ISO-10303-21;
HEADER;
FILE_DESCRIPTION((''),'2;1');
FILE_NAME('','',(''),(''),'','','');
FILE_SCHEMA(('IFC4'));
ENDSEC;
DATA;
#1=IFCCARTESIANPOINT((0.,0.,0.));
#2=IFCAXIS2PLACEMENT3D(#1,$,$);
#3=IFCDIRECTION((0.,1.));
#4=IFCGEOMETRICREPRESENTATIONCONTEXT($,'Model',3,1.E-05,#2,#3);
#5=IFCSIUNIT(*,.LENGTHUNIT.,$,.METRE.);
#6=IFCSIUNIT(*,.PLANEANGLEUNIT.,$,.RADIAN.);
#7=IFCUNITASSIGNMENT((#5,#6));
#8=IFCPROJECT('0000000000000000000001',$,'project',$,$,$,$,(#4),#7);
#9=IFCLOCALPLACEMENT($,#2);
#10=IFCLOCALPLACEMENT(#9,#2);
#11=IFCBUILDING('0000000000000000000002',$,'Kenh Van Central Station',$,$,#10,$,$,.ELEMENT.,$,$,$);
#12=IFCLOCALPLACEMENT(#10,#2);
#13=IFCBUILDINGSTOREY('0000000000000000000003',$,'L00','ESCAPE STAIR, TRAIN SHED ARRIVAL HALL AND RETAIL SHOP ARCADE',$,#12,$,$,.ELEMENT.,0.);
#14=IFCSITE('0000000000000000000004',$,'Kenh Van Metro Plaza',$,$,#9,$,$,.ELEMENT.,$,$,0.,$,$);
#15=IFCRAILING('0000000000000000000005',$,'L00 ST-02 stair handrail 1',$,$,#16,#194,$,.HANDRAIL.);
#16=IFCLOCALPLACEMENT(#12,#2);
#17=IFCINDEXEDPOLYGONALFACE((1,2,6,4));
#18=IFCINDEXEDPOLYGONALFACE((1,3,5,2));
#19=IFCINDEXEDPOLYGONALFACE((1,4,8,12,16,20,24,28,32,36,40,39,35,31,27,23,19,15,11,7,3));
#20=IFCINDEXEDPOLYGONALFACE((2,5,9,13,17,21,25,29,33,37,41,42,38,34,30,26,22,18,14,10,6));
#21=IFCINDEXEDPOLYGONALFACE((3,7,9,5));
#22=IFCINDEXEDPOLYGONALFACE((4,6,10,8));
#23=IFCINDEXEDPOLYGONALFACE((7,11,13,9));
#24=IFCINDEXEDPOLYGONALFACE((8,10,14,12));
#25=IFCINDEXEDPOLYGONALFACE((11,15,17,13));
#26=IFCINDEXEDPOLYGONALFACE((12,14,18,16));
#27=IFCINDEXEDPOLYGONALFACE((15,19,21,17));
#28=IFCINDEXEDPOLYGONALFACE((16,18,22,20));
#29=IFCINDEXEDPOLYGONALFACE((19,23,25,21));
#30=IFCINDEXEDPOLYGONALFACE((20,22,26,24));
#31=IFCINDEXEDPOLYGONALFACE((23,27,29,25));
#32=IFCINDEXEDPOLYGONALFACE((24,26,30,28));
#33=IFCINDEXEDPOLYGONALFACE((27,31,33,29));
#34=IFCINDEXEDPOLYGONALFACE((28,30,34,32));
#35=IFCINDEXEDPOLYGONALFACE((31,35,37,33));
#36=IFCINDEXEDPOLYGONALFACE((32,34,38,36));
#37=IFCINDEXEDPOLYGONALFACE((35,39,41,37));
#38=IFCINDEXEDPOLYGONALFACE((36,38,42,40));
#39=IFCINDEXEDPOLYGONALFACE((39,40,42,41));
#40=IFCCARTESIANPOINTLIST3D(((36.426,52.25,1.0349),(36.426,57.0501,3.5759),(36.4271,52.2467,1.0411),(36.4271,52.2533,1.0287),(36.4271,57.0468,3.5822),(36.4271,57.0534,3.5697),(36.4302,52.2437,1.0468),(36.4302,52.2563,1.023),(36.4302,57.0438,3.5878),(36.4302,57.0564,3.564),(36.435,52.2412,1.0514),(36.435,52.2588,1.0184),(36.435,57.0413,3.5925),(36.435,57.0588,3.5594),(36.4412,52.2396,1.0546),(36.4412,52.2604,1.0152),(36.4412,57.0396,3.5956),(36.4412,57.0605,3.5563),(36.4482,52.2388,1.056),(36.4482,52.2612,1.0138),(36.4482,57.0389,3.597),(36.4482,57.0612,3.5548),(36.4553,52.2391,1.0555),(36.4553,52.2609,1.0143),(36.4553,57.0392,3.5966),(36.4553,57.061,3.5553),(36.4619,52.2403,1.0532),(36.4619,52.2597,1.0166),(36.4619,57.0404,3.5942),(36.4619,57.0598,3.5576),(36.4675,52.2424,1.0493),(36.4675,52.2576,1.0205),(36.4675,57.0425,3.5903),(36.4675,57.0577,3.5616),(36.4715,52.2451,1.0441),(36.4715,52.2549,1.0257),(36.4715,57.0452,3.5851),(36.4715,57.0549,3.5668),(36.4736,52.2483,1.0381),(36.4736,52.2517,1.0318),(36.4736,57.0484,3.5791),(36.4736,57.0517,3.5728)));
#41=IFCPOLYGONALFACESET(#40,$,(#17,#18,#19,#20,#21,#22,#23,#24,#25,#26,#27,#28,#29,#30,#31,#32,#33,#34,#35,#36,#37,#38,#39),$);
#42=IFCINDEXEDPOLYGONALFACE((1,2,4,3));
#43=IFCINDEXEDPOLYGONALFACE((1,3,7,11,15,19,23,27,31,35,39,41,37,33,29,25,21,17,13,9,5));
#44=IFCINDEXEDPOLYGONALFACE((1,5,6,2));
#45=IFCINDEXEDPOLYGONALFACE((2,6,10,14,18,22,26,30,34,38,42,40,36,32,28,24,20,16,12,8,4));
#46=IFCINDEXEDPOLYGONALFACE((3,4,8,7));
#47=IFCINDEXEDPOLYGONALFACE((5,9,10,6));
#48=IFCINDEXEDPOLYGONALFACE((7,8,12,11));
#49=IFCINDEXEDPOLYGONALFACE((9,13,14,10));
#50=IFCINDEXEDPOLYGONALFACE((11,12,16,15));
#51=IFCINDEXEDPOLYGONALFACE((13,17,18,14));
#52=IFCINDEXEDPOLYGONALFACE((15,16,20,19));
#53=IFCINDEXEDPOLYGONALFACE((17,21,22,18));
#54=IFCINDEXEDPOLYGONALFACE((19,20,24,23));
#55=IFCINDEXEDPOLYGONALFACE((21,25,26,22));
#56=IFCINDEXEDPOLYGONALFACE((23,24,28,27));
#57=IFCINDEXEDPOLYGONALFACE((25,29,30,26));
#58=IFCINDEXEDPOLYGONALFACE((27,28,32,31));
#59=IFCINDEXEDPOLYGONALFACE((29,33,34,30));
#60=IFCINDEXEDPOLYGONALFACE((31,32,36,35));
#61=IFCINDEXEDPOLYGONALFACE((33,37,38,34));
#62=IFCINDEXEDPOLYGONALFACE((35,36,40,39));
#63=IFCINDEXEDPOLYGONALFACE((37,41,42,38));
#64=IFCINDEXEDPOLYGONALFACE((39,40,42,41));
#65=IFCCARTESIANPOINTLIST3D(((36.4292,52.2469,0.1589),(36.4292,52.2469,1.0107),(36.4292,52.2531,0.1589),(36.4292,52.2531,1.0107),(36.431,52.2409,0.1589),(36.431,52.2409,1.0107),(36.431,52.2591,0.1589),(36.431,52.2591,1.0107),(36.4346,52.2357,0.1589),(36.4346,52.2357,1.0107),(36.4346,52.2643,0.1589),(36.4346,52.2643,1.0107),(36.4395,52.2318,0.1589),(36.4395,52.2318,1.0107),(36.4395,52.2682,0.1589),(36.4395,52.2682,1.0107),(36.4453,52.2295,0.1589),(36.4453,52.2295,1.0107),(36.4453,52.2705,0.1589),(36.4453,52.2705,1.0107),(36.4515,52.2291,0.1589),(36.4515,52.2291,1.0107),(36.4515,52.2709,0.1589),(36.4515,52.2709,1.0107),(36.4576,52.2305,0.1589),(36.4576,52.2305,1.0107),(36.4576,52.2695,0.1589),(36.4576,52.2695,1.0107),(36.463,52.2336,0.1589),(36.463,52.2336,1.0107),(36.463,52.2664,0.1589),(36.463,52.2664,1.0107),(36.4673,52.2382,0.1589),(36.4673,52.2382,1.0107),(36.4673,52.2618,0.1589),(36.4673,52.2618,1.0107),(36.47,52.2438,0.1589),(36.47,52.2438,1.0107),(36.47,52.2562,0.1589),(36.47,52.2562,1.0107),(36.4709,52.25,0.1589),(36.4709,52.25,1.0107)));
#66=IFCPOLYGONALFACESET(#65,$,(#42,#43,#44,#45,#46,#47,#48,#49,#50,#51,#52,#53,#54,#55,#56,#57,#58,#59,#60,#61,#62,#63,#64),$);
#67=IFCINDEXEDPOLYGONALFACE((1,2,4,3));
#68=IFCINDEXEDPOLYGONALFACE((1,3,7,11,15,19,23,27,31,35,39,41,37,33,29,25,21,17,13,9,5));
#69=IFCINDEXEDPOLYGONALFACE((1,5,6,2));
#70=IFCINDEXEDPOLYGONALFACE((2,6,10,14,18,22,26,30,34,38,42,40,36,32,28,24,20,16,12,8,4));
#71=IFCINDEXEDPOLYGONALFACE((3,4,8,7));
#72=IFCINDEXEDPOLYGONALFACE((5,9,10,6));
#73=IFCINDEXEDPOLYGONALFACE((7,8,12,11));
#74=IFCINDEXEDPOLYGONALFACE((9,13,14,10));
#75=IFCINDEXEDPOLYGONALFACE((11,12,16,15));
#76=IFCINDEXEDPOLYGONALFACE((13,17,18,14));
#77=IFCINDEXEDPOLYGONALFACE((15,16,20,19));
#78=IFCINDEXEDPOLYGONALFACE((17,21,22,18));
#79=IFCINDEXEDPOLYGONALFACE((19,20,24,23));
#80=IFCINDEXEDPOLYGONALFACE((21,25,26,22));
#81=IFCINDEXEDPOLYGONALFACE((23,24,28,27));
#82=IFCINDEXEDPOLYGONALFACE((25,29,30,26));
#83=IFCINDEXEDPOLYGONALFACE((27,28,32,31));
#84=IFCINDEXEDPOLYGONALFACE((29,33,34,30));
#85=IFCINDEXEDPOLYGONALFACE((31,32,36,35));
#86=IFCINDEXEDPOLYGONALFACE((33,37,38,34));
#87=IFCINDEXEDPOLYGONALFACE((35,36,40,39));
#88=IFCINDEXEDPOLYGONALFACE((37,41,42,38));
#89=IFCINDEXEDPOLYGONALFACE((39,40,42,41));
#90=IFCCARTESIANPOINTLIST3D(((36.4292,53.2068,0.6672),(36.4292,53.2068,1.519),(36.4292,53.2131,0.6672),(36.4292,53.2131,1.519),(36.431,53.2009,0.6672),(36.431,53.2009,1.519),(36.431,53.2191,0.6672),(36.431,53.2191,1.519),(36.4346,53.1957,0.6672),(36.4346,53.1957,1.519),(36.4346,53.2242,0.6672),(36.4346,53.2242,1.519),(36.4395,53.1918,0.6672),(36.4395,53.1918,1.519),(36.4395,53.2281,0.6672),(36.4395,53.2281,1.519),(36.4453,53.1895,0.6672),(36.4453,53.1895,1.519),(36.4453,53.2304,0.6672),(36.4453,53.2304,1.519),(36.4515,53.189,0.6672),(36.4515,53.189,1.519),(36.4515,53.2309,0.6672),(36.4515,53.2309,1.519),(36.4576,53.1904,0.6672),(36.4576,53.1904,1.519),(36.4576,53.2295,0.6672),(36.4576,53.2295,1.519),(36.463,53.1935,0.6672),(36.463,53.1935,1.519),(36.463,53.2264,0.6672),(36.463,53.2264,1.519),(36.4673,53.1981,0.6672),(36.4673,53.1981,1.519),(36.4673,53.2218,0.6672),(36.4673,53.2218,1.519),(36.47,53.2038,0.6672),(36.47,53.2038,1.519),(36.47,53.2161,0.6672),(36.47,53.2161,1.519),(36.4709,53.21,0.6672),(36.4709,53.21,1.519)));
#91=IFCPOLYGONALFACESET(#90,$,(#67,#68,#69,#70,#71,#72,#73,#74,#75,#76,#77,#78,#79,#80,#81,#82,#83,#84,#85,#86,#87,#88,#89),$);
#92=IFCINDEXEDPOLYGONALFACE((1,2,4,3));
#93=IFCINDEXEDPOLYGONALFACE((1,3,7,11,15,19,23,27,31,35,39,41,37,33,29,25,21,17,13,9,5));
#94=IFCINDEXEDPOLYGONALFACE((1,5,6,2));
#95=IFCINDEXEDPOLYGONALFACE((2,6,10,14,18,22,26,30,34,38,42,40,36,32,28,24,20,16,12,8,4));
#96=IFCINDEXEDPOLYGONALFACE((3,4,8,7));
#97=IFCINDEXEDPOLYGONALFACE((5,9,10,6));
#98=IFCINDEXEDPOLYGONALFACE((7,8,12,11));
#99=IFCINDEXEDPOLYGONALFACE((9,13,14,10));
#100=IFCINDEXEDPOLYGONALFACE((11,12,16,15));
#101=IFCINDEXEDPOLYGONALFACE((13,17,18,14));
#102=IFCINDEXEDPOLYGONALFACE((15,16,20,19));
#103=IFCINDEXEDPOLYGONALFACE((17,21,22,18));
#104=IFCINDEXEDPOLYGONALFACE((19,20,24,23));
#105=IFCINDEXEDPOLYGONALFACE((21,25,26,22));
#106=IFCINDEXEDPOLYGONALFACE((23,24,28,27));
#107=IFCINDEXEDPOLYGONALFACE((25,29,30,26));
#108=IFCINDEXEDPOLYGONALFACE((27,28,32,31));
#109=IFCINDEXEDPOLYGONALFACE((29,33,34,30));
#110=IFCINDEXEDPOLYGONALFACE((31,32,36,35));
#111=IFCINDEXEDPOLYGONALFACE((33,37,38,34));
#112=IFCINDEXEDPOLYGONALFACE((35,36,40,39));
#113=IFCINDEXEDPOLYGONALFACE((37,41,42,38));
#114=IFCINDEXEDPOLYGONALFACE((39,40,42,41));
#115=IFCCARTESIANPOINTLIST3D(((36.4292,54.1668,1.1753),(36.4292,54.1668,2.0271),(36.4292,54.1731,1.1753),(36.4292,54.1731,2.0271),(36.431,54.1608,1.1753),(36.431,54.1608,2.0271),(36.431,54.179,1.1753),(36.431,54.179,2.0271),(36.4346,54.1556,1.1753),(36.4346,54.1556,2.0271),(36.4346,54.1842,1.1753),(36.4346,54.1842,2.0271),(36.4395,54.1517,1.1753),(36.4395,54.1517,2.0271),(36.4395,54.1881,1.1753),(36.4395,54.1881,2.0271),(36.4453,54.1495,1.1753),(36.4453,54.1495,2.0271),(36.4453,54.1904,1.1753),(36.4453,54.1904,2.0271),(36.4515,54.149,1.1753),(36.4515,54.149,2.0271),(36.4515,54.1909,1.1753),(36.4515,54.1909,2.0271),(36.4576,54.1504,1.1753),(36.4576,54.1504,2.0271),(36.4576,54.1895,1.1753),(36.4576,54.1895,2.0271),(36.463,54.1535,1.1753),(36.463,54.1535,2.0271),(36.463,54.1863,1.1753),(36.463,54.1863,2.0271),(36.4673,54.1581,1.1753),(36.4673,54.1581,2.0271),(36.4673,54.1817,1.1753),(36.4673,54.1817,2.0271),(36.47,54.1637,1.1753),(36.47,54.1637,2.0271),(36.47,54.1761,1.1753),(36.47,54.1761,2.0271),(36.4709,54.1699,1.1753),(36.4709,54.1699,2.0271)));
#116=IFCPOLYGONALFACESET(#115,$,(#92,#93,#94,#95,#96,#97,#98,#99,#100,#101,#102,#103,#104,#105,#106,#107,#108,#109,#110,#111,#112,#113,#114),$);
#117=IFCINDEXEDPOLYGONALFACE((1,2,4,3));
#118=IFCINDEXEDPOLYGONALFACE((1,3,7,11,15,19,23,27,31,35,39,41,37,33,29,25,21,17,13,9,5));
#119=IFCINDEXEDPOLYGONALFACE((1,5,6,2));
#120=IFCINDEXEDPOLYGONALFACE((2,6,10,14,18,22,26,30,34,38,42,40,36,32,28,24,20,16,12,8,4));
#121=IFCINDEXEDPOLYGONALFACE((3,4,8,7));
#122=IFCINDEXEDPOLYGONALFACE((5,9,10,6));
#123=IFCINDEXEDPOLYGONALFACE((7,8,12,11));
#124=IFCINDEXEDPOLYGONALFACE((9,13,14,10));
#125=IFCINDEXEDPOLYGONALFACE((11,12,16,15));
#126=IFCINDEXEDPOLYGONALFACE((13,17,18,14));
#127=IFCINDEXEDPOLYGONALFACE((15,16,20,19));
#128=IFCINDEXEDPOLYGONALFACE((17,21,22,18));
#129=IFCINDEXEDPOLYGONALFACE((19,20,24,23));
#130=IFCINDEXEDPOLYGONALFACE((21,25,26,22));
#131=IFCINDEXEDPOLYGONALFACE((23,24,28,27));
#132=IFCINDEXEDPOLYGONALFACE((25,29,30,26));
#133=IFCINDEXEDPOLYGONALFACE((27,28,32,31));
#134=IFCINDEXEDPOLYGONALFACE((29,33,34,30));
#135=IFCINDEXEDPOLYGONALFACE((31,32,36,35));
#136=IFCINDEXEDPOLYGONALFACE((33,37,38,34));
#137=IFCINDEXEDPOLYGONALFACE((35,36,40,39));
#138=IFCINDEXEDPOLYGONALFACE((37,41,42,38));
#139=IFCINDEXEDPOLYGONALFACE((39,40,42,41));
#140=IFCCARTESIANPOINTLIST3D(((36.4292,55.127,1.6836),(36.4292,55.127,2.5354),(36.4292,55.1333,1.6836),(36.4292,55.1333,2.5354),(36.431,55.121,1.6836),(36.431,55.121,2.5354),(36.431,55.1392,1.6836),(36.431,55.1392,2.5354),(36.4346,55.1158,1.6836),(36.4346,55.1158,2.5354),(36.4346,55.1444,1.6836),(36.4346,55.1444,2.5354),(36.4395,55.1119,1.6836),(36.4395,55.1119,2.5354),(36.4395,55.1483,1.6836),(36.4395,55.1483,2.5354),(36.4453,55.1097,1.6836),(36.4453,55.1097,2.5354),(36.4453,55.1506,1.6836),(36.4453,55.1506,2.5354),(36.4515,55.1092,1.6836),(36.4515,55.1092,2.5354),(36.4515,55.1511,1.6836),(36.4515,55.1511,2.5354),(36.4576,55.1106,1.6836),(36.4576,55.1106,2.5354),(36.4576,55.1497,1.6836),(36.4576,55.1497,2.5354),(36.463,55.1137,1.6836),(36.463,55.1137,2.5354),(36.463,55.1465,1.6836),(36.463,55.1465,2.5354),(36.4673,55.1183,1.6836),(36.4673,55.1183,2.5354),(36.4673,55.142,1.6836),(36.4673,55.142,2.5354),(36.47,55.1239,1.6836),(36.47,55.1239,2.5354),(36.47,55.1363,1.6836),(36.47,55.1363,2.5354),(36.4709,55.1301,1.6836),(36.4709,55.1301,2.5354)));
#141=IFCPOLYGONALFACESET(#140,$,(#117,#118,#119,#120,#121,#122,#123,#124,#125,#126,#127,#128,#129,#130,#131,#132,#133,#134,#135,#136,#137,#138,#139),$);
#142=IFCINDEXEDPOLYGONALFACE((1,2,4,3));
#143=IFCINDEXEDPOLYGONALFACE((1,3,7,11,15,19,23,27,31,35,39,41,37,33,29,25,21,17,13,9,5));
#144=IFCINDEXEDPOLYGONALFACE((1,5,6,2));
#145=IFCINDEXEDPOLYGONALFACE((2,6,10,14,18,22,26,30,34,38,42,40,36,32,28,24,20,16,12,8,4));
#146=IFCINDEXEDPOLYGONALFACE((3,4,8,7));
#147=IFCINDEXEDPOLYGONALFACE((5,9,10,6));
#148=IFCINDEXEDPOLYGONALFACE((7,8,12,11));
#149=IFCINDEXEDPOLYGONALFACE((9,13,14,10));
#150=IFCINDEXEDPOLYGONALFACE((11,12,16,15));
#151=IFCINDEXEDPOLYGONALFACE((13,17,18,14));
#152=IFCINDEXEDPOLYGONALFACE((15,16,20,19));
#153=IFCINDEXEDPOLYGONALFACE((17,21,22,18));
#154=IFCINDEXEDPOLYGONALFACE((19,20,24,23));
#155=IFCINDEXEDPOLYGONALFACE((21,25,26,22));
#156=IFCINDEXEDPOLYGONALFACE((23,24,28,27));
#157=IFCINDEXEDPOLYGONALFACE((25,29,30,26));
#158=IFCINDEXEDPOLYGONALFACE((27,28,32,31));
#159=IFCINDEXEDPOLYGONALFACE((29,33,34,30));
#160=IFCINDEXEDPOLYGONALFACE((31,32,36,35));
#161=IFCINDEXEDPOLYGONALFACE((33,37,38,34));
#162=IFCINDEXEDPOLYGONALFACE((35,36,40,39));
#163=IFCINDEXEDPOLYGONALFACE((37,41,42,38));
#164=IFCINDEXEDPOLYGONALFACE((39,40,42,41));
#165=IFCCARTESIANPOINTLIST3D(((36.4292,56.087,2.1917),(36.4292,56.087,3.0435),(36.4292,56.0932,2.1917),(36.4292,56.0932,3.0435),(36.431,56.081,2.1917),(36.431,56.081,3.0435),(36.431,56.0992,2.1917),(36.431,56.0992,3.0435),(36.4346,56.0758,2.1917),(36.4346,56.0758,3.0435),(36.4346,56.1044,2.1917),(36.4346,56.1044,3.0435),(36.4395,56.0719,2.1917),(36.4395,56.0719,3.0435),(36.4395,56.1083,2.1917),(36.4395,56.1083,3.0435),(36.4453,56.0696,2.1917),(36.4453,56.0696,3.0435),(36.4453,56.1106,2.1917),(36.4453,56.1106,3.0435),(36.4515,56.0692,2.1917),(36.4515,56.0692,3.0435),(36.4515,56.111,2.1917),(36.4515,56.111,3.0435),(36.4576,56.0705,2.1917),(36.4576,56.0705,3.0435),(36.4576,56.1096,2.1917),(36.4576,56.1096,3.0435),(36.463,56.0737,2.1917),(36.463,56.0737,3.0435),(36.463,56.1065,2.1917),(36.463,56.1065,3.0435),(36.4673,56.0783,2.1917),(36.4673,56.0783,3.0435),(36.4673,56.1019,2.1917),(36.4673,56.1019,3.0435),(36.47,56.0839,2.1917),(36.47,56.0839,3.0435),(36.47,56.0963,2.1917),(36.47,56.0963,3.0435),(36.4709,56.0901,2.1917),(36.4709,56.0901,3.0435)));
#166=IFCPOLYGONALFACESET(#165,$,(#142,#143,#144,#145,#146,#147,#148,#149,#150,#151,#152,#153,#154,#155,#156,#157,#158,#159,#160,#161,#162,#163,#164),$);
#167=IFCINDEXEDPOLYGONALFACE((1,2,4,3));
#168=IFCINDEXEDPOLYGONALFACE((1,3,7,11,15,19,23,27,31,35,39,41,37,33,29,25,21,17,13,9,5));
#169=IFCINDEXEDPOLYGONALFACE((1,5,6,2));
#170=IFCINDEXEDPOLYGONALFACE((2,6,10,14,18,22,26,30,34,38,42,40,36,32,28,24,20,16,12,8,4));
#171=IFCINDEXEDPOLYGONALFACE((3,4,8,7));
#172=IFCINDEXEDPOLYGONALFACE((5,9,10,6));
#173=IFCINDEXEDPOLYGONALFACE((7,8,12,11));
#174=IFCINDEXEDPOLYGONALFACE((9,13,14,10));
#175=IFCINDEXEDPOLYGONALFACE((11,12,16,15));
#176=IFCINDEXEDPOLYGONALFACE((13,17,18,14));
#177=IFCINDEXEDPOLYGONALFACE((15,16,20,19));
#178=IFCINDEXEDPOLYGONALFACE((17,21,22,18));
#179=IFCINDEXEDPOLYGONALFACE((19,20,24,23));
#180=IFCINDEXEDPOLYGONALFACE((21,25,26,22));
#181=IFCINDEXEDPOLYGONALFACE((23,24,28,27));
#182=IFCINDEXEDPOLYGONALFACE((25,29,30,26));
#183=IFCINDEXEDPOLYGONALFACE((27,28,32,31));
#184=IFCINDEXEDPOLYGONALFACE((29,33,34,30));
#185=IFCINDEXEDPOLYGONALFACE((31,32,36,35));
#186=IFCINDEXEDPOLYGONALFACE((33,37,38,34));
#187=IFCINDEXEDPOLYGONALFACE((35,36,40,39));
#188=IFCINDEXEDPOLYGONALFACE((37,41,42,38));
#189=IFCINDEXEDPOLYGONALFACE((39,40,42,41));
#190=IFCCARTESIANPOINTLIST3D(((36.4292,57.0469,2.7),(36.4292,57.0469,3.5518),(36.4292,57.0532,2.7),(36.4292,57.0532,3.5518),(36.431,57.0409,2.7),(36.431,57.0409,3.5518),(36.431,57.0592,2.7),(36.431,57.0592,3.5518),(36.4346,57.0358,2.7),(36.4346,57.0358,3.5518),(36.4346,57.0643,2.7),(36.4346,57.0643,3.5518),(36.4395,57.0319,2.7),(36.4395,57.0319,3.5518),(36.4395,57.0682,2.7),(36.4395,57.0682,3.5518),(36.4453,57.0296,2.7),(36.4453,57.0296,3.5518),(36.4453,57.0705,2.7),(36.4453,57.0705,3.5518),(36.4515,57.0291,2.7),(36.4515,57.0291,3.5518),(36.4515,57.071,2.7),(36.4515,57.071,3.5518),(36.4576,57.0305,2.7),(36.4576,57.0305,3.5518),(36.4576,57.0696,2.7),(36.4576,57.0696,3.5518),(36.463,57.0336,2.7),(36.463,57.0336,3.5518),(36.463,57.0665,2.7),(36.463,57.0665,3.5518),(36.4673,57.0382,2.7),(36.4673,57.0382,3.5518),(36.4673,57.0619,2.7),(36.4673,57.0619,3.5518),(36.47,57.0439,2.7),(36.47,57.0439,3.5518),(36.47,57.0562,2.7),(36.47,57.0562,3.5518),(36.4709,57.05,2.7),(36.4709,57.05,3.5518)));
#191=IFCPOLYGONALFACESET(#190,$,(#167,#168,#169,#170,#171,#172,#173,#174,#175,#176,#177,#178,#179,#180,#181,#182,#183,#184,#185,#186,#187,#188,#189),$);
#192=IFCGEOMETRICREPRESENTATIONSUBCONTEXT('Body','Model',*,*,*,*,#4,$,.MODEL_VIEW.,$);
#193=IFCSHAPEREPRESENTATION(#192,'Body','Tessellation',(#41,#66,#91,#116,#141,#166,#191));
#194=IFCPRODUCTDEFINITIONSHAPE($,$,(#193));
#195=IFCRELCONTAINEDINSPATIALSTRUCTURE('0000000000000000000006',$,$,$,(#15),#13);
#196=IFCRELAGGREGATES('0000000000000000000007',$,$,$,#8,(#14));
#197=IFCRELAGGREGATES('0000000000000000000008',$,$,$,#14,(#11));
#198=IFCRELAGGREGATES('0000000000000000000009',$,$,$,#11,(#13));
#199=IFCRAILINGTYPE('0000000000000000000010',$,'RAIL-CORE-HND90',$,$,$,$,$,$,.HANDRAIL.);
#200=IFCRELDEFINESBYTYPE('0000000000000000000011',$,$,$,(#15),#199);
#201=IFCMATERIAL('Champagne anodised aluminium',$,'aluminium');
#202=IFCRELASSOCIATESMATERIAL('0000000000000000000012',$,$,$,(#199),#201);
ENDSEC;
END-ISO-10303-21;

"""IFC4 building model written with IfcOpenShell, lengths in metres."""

from ifc_helpers import new_model, si_unit, direction, frame, origin, origin_2d, place, context, subcontext, project, spatial, circle, extrude, material, type_object, element, save


model = new_model("IFC4")

# Units and contexts
model_context = context("Model", 3, precision=1e-05, world=origin(), true_north=direction((0.0, 1.0)))
body_context = subcontext(model_context, "Body", "Model", "MODEL_VIEW")
ifc_project = project(units=[si_unit("LENGTHUNIT", "METRE"), si_unit("PLANEANGLEUNIT", "RADIAN")], contexts=[model_context])

# Site, building, storey
site_placement = place(None, origin())
site = spatial("IfcSite", under=ifc_project, at=site_placement, Name="Kenh Van Metro Plaza", CompositionType="ELEMENT", RefElevation=0.0)
building_placement = place(site_placement, origin())
building = spatial("IfcBuilding", under=site, at=building_placement, Name="Kenh Van Central Station", CompositionType="ELEMENT")
storey_placement = place(building_placement, origin())
storey = spatial("IfcBuildingStorey", under=building, at=storey_placement, Name="L00", Description="ESCAPE STAIR, TRAIN SHED ARRIVAL HALL AND RETAIL SHOP ARCADE", CompositionType="ELEMENT", Elevation=0.0)

# Shared definitions
ifc_material_1 = material(Name="Champagne anodised aluminium", Category="aluminium")

# Railing
railing_type_1 = type_object("IfcRailingType", Name="RAIL-CORE-HND90", PredefinedType="HANDRAIL", material=ifc_material_1)
railing_1_placement = place(storey_placement, frame((36.45, 52.25, 0.1589)))
element("IfcRailing", 1, at=railing_1_placement, inside=storey, type_object=railing_type_1, Name="L00 ST-02 stair handrail 1", PredefinedType="HANDRAIL", context=body_context, shape_type="SweptSolid", body=[
    extrude(circle(Radius=0.0239, at=origin_2d()), frame((0.0, 0.0, 0.876), z_axis=(0.0, 0.883802, 0.467861), x_axis=(-1.0, 0.0, 0.0)), (0.0, 0.0, 1.0), 5.4312),
    extrude(circle(Radius=0.021, at=origin_2d()), origin(), (0.0, 0.0, 1.0), 0.8518),
    extrude(circle(Radius=0.021, at=origin_2d()), frame((0.0, 0.96, 0.5083)), (0.0, 0.0, 1.0), 0.8518),
    extrude(circle(Radius=0.021, at=origin_2d()), frame((0.0, 1.9199, 1.0164)), (0.0, 0.0, 1.0), 0.8518),
    extrude(circle(Radius=0.021, at=origin_2d()), frame((0.0, 2.8801, 1.5247)), (0.0, 0.0, 1.0), 0.8518),
    extrude(circle(Radius=0.021, at=origin_2d()), frame((0.0, 3.8401, 2.0327)), (0.0, 0.0, 1.0), 0.8518),
    extrude(circle(Radius=0.021, at=origin_2d()), frame((0.0, 4.8, 2.541)), (0.0, 0.0, 1.0), 0.8518),
])

save(model, "model.ifc")
